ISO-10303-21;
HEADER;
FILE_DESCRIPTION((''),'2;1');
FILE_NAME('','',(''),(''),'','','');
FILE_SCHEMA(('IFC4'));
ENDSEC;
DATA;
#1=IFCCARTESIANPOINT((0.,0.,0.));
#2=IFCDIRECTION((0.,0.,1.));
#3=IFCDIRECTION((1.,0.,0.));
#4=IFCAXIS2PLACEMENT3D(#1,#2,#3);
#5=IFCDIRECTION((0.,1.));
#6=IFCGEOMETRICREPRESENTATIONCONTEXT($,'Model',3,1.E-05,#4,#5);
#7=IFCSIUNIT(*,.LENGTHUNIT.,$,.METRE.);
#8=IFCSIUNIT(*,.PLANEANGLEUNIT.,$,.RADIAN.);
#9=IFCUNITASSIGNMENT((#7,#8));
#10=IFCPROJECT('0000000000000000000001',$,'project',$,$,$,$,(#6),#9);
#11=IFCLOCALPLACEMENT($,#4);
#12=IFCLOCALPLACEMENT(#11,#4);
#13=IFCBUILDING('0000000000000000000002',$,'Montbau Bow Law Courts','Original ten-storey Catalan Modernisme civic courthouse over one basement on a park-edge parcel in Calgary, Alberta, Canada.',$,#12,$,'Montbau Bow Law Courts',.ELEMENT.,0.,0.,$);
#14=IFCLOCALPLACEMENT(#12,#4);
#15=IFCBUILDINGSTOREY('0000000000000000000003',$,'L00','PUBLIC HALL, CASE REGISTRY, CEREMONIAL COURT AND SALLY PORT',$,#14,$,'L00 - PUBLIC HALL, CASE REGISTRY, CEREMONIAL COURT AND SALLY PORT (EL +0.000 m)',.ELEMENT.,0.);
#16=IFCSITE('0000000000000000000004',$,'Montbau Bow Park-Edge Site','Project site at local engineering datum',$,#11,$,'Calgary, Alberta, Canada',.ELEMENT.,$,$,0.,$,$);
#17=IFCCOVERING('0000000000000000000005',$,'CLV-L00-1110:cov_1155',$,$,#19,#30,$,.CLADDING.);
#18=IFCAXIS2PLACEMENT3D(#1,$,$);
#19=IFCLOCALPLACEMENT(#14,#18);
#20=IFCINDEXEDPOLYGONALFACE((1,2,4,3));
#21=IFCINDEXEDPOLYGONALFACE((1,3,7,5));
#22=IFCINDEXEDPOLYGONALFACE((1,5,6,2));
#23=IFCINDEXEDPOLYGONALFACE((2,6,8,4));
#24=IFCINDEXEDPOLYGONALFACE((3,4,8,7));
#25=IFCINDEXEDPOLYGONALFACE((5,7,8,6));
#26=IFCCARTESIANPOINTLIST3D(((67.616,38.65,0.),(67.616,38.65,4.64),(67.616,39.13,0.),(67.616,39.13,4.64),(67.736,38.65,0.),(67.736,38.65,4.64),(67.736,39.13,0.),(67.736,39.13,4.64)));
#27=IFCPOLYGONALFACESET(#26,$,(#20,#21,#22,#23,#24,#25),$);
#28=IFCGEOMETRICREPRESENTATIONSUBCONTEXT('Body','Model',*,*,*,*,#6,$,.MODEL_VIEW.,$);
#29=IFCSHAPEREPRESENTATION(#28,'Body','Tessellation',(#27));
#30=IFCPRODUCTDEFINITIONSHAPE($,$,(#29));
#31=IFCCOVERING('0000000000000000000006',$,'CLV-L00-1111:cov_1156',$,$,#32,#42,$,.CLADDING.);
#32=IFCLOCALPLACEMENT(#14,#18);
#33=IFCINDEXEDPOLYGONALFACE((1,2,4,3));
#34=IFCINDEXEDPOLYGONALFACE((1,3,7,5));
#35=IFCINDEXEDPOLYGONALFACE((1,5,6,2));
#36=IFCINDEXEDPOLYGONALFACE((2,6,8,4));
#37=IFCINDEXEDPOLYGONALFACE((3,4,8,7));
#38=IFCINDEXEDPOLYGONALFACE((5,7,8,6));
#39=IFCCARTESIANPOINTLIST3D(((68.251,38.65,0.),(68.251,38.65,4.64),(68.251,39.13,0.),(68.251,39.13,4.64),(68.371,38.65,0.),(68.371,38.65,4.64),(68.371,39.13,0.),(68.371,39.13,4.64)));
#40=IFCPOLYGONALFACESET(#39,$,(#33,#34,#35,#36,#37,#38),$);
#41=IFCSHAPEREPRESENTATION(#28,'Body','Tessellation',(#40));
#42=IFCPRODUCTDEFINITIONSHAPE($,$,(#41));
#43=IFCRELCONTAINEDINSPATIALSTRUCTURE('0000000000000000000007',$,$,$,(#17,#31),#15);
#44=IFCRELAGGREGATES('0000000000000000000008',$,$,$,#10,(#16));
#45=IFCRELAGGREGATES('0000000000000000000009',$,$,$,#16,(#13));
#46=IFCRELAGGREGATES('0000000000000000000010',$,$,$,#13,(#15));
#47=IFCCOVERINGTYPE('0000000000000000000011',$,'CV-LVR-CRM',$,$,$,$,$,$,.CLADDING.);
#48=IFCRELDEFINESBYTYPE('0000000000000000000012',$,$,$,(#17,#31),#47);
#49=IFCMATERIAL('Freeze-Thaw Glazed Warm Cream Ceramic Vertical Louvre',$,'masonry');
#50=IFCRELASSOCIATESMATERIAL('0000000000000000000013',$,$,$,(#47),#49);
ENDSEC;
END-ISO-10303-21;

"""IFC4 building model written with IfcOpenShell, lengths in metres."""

from ifc_helpers import new_model, si_unit, direction, frame, frame_2d, origin_with_axes, place, context, subcontext, project, spatial, rectangle, extrude, material, type_object, element, save


model = new_model("IFC4")

# Units and contexts
model_context = context("Model", 3, precision=1e-05, world=origin_with_axes(), true_north=direction((0.0, 1.0)))
body_context = subcontext(model_context, "Body", "Model", "MODEL_VIEW")
ifc_project = project(units=[si_unit("LENGTHUNIT", "METRE"), si_unit("PLANEANGLEUNIT", "RADIAN")], contexts=[model_context])

# Site, building, storey
site_placement = place(None, origin_with_axes())
site = spatial("IfcSite", under=ifc_project, at=site_placement, Name="Montbau Bow Park-Edge Site", Description="Project site at local engineering datum", LongName="Calgary, Alberta, Canada", CompositionType="ELEMENT", RefElevation=0.0)
building_placement = place(site_placement, origin_with_axes())
building = spatial("IfcBuilding", under=site, at=building_placement, Name="Montbau Bow Law Courts", Description="Original ten-storey Catalan Modernisme civic courthouse over one basement on a park-edge parcel in Calgary, Alberta, Canada.", LongName="Montbau Bow Law Courts", CompositionType="ELEMENT", ElevationOfRefHeight=0.0, ElevationOfTerrain=0.0)
storey_placement = place(building_placement, origin_with_axes())
storey = spatial("IfcBuildingStorey", under=building, at=storey_placement, Name="L00", Description="PUBLIC HALL, CASE REGISTRY, CEREMONIAL COURT AND SALLY PORT", LongName="L00 - PUBLIC HALL, CASE REGISTRY, CEREMONIAL COURT AND SALLY PORT (EL +0.000 m)", CompositionType="ELEMENT", Elevation=0.0)

# Coverings
ifc_material_1 = material(Name="Freeze-Thaw Glazed Warm Cream Ceramic Vertical Louvre", Category="masonry")
covering_type = type_object("IfcCoveringType", Name="CV-LVR-CRM", PredefinedType="CLADDING", material=ifc_material_1)
for number, where, z_axis, x_axis, name in (
    (1, (67.676, 39.13, 0.0), (-1.0, 0.0, 0.0), (0.0, -1.0, 0.0), "CLV-L00-1110:cov_1155"),
    (2, (68.311, 39.13, 0.0), (-1.0, 0.0, 0.0), (0.0, -1.0, 0.0), "CLV-L00-1111:cov_1156"),
):
    element("IfcCovering", number, at=place(None, frame(where, z_axis=z_axis, x_axis=x_axis)), inside=storey, type_object=covering_type, Name=name, PredefinedType="CLADDING", context=body_context, shape_type="SweptSolid", body=[
        extrude(rectangle(XDim=0.48, YDim=4.64, at=frame_2d((0.24, 2.32), x_axis=(1.0, 0.0))), frame((0.0, 0.0, -0.06), z_axis=(0.0, 0.0, 1.0), x_axis=(1.0, 0.0, 0.0)), (0.0, 0.0, 1.0), 0.12),
    ])

save(model, "model.ifc")
